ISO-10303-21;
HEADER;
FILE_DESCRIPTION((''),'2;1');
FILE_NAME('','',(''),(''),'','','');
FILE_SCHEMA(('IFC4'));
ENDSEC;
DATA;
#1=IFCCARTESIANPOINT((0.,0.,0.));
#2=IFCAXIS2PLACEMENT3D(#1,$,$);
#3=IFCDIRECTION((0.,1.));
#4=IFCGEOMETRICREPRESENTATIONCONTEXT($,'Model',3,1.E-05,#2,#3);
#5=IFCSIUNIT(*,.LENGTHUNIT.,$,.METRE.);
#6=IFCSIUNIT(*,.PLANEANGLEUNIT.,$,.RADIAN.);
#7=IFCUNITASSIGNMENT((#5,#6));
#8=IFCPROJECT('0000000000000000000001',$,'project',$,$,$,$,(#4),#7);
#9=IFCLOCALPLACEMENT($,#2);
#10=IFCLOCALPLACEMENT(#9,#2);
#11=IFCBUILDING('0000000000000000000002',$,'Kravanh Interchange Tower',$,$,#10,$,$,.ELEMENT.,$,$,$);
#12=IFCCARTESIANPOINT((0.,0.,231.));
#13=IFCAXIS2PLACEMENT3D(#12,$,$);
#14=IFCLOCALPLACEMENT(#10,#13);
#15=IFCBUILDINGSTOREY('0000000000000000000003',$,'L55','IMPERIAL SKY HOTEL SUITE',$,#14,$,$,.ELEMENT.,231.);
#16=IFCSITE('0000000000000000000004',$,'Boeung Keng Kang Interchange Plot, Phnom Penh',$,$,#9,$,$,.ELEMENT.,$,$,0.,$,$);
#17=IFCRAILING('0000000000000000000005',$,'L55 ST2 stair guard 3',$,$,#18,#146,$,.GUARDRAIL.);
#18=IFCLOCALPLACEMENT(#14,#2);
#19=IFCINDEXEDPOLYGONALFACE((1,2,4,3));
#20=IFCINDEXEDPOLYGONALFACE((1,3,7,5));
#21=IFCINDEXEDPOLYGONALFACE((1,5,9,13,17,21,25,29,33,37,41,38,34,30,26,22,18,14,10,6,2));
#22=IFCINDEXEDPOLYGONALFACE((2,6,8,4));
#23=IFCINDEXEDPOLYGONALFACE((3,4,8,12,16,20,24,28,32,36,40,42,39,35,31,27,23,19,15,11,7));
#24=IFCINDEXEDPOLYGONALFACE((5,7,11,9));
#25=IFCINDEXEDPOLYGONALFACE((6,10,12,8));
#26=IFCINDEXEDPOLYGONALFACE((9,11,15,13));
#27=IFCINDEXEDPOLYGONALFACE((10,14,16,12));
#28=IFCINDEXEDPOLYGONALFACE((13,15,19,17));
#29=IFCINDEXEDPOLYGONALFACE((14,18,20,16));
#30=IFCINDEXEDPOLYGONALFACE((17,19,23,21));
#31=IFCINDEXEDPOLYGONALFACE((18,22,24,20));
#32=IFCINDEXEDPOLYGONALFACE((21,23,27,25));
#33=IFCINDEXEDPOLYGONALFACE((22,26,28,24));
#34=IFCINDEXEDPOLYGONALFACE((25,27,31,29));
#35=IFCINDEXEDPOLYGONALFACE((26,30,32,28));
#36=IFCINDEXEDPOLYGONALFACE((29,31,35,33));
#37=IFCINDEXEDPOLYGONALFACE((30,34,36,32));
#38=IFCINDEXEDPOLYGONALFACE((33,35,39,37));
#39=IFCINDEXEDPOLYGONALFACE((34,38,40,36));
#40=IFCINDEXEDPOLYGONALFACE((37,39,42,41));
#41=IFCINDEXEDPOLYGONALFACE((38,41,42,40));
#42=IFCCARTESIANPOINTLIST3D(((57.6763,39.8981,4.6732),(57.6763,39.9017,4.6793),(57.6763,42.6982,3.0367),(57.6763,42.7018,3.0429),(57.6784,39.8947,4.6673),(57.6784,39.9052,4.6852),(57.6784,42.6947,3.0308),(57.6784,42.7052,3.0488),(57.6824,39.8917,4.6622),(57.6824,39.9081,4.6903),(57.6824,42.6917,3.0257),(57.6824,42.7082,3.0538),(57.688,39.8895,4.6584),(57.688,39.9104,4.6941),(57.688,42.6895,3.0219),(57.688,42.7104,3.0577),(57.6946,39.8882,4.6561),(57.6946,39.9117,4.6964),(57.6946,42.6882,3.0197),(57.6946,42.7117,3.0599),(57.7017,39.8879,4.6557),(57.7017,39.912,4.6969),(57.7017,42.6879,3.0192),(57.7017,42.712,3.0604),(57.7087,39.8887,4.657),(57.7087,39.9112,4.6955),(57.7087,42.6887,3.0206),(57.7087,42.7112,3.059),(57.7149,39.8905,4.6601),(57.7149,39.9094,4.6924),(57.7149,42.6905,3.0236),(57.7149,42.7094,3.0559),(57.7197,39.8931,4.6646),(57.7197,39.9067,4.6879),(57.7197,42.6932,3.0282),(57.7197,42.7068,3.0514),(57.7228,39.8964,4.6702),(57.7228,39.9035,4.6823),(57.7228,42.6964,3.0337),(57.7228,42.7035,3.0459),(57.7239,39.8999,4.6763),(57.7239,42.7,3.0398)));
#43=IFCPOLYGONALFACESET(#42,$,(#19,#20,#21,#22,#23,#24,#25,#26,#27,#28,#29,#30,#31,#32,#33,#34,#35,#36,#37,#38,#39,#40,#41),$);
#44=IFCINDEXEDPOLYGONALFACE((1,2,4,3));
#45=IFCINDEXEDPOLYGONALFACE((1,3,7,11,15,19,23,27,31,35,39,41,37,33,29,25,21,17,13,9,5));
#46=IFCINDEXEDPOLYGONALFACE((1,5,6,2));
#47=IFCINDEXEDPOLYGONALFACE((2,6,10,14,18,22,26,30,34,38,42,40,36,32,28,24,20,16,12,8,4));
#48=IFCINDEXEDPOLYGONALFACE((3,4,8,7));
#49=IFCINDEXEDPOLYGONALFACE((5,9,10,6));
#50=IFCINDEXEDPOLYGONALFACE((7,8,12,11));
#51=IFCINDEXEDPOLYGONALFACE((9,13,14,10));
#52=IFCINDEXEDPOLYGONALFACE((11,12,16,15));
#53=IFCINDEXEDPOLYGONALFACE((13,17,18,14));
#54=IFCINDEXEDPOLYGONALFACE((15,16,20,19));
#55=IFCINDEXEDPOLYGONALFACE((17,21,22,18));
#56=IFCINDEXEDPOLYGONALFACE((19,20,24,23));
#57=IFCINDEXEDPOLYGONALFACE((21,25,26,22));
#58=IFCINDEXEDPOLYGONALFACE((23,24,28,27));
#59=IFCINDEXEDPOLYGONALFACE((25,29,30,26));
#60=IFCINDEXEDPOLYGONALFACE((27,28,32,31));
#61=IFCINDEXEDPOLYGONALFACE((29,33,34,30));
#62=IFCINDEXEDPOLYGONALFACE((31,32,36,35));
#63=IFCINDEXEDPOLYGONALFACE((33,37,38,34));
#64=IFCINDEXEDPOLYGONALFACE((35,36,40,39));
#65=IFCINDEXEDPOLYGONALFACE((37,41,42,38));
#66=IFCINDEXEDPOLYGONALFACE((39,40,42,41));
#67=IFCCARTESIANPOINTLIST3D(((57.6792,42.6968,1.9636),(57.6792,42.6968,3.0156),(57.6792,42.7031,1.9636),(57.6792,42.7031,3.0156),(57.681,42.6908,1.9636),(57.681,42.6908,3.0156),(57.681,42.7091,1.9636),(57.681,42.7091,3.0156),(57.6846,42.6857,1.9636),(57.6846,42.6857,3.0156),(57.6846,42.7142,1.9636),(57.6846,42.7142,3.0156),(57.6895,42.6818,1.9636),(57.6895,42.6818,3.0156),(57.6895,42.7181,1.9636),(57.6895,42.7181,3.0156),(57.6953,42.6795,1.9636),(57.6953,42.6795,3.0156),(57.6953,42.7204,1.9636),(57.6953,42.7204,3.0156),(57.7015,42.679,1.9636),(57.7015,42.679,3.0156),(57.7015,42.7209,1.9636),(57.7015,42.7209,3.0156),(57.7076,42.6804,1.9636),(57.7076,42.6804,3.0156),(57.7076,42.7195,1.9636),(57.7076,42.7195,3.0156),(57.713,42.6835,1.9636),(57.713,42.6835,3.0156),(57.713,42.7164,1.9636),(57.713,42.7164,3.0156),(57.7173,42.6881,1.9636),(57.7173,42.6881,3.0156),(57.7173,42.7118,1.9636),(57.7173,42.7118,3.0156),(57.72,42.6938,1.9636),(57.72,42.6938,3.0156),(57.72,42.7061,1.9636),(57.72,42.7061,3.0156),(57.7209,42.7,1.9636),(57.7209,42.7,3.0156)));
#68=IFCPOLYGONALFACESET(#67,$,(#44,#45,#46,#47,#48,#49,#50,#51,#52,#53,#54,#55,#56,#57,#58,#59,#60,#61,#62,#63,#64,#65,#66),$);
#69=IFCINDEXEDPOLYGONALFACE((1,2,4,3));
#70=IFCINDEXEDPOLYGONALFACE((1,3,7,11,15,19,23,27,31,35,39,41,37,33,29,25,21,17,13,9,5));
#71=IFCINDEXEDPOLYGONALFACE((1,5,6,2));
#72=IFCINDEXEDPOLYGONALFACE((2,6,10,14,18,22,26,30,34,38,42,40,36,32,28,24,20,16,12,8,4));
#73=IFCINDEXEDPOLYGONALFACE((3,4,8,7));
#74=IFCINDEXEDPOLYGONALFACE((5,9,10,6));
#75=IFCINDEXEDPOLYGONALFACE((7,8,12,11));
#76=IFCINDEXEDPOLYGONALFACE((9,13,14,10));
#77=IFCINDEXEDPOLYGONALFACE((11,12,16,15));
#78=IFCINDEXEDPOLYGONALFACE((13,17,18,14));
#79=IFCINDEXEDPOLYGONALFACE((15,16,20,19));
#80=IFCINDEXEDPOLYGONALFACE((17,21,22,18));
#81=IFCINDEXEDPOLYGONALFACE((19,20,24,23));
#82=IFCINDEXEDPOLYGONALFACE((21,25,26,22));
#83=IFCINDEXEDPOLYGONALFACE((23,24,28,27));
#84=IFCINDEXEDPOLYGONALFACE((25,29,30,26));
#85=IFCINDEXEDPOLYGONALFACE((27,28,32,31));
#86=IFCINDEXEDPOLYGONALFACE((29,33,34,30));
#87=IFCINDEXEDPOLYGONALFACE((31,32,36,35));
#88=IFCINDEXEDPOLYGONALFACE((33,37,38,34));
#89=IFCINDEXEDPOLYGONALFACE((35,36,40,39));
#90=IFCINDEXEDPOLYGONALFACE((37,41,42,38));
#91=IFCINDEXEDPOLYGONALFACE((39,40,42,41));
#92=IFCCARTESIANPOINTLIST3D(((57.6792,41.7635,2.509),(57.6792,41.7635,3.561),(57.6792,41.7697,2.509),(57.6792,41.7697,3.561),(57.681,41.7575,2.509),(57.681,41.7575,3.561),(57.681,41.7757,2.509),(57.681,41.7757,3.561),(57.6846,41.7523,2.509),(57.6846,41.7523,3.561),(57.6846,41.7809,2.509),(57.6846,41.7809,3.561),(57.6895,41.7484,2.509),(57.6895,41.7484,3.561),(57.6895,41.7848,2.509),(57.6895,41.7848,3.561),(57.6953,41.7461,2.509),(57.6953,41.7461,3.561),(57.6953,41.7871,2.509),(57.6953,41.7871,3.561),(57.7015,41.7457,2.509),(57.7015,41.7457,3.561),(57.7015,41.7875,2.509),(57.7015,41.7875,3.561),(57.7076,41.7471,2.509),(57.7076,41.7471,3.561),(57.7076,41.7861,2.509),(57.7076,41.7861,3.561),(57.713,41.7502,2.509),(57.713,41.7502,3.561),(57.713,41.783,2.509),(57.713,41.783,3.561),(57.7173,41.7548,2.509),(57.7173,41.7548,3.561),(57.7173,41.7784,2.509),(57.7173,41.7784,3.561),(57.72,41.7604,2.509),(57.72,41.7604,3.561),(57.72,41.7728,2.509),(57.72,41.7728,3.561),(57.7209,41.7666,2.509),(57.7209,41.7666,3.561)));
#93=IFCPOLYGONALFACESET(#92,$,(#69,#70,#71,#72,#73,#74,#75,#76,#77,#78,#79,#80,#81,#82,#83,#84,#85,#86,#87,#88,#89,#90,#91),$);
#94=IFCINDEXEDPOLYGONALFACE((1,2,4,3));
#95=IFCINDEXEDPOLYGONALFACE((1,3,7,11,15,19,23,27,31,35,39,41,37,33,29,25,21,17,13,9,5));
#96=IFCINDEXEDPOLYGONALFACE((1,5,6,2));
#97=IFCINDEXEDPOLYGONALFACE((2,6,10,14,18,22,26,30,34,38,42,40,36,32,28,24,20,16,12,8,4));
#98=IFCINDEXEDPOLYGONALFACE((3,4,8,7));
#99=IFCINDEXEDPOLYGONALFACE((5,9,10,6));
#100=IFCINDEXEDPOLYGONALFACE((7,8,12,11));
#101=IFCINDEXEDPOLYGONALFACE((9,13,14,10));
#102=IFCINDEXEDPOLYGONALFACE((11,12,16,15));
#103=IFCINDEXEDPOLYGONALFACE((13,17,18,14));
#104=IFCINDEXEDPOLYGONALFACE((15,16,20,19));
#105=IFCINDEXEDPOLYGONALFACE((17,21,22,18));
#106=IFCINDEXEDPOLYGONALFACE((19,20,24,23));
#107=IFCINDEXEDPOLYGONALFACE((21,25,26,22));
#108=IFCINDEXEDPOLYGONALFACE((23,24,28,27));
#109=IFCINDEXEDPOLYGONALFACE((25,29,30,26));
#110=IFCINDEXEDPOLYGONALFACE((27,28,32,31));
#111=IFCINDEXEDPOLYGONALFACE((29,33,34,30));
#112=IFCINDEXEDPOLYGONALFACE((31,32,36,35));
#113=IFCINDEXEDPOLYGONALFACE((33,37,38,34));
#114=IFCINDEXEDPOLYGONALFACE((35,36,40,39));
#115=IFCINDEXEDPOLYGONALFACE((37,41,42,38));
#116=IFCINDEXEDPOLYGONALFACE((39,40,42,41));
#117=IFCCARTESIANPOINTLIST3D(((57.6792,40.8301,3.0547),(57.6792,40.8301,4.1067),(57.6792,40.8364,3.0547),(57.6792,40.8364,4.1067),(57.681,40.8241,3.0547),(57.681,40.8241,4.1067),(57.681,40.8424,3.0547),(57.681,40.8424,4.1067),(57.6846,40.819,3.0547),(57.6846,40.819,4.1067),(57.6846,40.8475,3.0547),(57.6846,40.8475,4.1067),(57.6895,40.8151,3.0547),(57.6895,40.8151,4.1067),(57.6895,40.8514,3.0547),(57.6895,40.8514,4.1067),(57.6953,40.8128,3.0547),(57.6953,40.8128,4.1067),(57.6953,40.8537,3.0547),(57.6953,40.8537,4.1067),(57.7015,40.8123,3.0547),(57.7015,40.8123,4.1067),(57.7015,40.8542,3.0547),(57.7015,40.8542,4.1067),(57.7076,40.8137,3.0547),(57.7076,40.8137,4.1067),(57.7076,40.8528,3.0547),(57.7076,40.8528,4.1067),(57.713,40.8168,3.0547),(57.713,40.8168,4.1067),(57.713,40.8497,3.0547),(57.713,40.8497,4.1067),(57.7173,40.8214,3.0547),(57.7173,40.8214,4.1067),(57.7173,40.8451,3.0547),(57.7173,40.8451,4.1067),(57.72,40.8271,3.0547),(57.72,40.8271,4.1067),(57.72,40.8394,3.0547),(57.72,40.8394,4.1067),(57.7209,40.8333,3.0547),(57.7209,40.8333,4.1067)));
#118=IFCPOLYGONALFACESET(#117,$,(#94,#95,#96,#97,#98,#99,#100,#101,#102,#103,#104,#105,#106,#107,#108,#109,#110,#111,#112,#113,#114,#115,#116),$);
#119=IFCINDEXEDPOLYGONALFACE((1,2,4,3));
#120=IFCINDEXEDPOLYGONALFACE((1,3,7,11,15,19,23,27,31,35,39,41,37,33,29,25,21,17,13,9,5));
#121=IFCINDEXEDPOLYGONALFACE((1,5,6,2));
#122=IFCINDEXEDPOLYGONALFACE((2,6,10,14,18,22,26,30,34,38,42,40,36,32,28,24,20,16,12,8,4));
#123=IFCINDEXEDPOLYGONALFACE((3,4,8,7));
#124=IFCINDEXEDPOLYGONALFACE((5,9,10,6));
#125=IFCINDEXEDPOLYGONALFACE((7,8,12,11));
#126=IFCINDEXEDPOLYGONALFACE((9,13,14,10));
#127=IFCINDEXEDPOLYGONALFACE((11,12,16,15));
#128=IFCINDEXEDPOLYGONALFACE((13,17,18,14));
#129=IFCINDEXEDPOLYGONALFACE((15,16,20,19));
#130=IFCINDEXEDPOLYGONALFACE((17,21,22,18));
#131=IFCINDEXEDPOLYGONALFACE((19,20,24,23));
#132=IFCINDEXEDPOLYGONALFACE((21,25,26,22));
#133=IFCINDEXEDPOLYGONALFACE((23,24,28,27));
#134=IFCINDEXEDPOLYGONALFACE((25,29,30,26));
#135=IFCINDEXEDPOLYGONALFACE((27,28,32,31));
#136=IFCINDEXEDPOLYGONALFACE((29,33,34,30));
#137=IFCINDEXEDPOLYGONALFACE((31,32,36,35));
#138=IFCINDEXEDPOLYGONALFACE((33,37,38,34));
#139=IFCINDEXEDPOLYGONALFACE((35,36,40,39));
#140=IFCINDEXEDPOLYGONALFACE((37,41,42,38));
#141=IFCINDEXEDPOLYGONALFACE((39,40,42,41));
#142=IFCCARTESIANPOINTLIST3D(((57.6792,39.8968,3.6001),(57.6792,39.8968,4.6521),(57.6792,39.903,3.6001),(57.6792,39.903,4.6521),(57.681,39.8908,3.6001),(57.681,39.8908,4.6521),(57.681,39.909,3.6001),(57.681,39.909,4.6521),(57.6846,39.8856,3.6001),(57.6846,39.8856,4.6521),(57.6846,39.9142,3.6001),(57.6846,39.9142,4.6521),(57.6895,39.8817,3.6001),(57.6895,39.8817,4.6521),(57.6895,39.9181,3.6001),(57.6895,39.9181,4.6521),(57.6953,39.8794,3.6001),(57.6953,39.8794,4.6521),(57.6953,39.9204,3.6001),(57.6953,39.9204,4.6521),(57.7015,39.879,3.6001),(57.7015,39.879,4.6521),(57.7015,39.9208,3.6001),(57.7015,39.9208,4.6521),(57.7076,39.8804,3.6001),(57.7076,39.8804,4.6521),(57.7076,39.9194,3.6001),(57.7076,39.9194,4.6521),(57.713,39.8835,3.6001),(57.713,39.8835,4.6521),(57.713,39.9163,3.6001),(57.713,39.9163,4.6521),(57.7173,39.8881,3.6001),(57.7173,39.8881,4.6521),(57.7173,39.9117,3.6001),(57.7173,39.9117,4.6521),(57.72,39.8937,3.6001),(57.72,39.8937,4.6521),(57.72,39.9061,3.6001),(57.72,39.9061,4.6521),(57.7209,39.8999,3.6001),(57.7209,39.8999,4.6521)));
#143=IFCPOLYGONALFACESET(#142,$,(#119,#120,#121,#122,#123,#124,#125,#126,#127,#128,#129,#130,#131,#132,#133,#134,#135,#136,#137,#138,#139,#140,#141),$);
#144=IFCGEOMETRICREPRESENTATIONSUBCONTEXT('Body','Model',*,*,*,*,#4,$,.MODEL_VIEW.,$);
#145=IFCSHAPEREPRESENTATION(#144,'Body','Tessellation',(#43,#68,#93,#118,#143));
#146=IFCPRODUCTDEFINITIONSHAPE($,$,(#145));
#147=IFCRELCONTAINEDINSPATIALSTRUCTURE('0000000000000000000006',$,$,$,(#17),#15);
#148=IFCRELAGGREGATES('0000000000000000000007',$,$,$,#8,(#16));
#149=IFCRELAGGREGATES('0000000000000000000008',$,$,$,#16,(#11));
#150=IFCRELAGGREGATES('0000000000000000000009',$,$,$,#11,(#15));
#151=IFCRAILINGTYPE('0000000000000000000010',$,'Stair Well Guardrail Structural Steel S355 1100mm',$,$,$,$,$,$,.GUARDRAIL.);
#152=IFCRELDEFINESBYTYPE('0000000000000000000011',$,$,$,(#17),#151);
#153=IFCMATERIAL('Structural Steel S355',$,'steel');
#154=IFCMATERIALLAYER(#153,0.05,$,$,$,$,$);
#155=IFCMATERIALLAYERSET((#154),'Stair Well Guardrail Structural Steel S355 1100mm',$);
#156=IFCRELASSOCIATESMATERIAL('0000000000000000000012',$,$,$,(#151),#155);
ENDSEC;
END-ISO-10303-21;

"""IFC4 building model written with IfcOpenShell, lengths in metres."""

from ifc_helpers import new_model, si_unit, direction, frame, origin, origin_2d, place, context, subcontext, project, spatial, circle, extrude, material, layer, layer_set, type_object, element, save


model = new_model("IFC4")

# Units and contexts
model_context = context("Model", 3, precision=1e-05, world=origin(), true_north=direction((0.0, 1.0)))
body_context = subcontext(model_context, "Body", "Model", "MODEL_VIEW")
ifc_project = project(units=[si_unit("LENGTHUNIT", "METRE"), si_unit("PLANEANGLEUNIT", "RADIAN")], contexts=[model_context])

# Site, building, storey
site_placement = place(None, origin())
site = spatial("IfcSite", under=ifc_project, at=site_placement, Name="Boeung Keng Kang Interchange Plot, Phnom Penh", CompositionType="ELEMENT", RefElevation=0.0)
building_placement = place(site_placement, origin())
building = spatial("IfcBuilding", under=site, at=building_placement, Name="Kravanh Interchange Tower", CompositionType="ELEMENT")
storey_placement = place(building_placement, frame((0.0, 0.0, 231.0)))
storey = spatial("IfcBuildingStorey", under=building, at=storey_placement, Name="L55", Description="IMPERIAL SKY HOTEL SUITE", CompositionType="ELEMENT", Elevation=231.0)

# Railing
ifc_material_1 = material(Name="Structural Steel S355", Category="steel")
ifc_layer_1 = layer(ifc_material_1, 0.05)
ifc_layer_set_1 = layer_set([ifc_layer_1], Name="Stair Well Guardrail Structural Steel S355 1100mm")
railing_type_1 = type_object("IfcRailingType", Name="Stair Well Guardrail Structural Steel S355 1100mm", PredefinedType="GUARDRAIL", material=ifc_layer_set_1)
railing_1_placement = place(storey_placement, frame((57.7, 42.7, 1.9636)))
element("IfcRailing", 1, at=railing_1_placement, inside=storey, type_object=railing_type_1, Name="L55 ST2 stair guard 3", PredefinedType="GUARDRAIL", context=body_context, shape_type="SweptSolid", body=[
    extrude(circle(Radius=0.0239, at=origin_2d()), frame((0.0, 0.0, 1.0762), z_axis=(0.0, -0.863361, 0.504587), x_axis=(1.0, 0.0, 0.0)), (0.0, 0.0, 1.0), 3.2432),
    extrude(circle(Radius=0.021, at=origin_2d()), origin(), (0.0, 0.0, 1.0), 1.052),
    extrude(circle(Radius=0.021, at=origin_2d()), frame((0.0, -0.9333, 0.5454)), (0.0, 0.0, 1.0), 1.052),
    extrude(circle(Radius=0.021, at=origin_2d()), frame((0.0, -1.8667, 1.0911)), (0.0, 0.0, 1.0), 1.052),
    extrude(circle(Radius=0.021, at=origin_2d()), frame((0.0, -2.8, 1.6365)), (0.0, 0.0, 1.0), 1.052),
])

save(model, "model.ifc")
